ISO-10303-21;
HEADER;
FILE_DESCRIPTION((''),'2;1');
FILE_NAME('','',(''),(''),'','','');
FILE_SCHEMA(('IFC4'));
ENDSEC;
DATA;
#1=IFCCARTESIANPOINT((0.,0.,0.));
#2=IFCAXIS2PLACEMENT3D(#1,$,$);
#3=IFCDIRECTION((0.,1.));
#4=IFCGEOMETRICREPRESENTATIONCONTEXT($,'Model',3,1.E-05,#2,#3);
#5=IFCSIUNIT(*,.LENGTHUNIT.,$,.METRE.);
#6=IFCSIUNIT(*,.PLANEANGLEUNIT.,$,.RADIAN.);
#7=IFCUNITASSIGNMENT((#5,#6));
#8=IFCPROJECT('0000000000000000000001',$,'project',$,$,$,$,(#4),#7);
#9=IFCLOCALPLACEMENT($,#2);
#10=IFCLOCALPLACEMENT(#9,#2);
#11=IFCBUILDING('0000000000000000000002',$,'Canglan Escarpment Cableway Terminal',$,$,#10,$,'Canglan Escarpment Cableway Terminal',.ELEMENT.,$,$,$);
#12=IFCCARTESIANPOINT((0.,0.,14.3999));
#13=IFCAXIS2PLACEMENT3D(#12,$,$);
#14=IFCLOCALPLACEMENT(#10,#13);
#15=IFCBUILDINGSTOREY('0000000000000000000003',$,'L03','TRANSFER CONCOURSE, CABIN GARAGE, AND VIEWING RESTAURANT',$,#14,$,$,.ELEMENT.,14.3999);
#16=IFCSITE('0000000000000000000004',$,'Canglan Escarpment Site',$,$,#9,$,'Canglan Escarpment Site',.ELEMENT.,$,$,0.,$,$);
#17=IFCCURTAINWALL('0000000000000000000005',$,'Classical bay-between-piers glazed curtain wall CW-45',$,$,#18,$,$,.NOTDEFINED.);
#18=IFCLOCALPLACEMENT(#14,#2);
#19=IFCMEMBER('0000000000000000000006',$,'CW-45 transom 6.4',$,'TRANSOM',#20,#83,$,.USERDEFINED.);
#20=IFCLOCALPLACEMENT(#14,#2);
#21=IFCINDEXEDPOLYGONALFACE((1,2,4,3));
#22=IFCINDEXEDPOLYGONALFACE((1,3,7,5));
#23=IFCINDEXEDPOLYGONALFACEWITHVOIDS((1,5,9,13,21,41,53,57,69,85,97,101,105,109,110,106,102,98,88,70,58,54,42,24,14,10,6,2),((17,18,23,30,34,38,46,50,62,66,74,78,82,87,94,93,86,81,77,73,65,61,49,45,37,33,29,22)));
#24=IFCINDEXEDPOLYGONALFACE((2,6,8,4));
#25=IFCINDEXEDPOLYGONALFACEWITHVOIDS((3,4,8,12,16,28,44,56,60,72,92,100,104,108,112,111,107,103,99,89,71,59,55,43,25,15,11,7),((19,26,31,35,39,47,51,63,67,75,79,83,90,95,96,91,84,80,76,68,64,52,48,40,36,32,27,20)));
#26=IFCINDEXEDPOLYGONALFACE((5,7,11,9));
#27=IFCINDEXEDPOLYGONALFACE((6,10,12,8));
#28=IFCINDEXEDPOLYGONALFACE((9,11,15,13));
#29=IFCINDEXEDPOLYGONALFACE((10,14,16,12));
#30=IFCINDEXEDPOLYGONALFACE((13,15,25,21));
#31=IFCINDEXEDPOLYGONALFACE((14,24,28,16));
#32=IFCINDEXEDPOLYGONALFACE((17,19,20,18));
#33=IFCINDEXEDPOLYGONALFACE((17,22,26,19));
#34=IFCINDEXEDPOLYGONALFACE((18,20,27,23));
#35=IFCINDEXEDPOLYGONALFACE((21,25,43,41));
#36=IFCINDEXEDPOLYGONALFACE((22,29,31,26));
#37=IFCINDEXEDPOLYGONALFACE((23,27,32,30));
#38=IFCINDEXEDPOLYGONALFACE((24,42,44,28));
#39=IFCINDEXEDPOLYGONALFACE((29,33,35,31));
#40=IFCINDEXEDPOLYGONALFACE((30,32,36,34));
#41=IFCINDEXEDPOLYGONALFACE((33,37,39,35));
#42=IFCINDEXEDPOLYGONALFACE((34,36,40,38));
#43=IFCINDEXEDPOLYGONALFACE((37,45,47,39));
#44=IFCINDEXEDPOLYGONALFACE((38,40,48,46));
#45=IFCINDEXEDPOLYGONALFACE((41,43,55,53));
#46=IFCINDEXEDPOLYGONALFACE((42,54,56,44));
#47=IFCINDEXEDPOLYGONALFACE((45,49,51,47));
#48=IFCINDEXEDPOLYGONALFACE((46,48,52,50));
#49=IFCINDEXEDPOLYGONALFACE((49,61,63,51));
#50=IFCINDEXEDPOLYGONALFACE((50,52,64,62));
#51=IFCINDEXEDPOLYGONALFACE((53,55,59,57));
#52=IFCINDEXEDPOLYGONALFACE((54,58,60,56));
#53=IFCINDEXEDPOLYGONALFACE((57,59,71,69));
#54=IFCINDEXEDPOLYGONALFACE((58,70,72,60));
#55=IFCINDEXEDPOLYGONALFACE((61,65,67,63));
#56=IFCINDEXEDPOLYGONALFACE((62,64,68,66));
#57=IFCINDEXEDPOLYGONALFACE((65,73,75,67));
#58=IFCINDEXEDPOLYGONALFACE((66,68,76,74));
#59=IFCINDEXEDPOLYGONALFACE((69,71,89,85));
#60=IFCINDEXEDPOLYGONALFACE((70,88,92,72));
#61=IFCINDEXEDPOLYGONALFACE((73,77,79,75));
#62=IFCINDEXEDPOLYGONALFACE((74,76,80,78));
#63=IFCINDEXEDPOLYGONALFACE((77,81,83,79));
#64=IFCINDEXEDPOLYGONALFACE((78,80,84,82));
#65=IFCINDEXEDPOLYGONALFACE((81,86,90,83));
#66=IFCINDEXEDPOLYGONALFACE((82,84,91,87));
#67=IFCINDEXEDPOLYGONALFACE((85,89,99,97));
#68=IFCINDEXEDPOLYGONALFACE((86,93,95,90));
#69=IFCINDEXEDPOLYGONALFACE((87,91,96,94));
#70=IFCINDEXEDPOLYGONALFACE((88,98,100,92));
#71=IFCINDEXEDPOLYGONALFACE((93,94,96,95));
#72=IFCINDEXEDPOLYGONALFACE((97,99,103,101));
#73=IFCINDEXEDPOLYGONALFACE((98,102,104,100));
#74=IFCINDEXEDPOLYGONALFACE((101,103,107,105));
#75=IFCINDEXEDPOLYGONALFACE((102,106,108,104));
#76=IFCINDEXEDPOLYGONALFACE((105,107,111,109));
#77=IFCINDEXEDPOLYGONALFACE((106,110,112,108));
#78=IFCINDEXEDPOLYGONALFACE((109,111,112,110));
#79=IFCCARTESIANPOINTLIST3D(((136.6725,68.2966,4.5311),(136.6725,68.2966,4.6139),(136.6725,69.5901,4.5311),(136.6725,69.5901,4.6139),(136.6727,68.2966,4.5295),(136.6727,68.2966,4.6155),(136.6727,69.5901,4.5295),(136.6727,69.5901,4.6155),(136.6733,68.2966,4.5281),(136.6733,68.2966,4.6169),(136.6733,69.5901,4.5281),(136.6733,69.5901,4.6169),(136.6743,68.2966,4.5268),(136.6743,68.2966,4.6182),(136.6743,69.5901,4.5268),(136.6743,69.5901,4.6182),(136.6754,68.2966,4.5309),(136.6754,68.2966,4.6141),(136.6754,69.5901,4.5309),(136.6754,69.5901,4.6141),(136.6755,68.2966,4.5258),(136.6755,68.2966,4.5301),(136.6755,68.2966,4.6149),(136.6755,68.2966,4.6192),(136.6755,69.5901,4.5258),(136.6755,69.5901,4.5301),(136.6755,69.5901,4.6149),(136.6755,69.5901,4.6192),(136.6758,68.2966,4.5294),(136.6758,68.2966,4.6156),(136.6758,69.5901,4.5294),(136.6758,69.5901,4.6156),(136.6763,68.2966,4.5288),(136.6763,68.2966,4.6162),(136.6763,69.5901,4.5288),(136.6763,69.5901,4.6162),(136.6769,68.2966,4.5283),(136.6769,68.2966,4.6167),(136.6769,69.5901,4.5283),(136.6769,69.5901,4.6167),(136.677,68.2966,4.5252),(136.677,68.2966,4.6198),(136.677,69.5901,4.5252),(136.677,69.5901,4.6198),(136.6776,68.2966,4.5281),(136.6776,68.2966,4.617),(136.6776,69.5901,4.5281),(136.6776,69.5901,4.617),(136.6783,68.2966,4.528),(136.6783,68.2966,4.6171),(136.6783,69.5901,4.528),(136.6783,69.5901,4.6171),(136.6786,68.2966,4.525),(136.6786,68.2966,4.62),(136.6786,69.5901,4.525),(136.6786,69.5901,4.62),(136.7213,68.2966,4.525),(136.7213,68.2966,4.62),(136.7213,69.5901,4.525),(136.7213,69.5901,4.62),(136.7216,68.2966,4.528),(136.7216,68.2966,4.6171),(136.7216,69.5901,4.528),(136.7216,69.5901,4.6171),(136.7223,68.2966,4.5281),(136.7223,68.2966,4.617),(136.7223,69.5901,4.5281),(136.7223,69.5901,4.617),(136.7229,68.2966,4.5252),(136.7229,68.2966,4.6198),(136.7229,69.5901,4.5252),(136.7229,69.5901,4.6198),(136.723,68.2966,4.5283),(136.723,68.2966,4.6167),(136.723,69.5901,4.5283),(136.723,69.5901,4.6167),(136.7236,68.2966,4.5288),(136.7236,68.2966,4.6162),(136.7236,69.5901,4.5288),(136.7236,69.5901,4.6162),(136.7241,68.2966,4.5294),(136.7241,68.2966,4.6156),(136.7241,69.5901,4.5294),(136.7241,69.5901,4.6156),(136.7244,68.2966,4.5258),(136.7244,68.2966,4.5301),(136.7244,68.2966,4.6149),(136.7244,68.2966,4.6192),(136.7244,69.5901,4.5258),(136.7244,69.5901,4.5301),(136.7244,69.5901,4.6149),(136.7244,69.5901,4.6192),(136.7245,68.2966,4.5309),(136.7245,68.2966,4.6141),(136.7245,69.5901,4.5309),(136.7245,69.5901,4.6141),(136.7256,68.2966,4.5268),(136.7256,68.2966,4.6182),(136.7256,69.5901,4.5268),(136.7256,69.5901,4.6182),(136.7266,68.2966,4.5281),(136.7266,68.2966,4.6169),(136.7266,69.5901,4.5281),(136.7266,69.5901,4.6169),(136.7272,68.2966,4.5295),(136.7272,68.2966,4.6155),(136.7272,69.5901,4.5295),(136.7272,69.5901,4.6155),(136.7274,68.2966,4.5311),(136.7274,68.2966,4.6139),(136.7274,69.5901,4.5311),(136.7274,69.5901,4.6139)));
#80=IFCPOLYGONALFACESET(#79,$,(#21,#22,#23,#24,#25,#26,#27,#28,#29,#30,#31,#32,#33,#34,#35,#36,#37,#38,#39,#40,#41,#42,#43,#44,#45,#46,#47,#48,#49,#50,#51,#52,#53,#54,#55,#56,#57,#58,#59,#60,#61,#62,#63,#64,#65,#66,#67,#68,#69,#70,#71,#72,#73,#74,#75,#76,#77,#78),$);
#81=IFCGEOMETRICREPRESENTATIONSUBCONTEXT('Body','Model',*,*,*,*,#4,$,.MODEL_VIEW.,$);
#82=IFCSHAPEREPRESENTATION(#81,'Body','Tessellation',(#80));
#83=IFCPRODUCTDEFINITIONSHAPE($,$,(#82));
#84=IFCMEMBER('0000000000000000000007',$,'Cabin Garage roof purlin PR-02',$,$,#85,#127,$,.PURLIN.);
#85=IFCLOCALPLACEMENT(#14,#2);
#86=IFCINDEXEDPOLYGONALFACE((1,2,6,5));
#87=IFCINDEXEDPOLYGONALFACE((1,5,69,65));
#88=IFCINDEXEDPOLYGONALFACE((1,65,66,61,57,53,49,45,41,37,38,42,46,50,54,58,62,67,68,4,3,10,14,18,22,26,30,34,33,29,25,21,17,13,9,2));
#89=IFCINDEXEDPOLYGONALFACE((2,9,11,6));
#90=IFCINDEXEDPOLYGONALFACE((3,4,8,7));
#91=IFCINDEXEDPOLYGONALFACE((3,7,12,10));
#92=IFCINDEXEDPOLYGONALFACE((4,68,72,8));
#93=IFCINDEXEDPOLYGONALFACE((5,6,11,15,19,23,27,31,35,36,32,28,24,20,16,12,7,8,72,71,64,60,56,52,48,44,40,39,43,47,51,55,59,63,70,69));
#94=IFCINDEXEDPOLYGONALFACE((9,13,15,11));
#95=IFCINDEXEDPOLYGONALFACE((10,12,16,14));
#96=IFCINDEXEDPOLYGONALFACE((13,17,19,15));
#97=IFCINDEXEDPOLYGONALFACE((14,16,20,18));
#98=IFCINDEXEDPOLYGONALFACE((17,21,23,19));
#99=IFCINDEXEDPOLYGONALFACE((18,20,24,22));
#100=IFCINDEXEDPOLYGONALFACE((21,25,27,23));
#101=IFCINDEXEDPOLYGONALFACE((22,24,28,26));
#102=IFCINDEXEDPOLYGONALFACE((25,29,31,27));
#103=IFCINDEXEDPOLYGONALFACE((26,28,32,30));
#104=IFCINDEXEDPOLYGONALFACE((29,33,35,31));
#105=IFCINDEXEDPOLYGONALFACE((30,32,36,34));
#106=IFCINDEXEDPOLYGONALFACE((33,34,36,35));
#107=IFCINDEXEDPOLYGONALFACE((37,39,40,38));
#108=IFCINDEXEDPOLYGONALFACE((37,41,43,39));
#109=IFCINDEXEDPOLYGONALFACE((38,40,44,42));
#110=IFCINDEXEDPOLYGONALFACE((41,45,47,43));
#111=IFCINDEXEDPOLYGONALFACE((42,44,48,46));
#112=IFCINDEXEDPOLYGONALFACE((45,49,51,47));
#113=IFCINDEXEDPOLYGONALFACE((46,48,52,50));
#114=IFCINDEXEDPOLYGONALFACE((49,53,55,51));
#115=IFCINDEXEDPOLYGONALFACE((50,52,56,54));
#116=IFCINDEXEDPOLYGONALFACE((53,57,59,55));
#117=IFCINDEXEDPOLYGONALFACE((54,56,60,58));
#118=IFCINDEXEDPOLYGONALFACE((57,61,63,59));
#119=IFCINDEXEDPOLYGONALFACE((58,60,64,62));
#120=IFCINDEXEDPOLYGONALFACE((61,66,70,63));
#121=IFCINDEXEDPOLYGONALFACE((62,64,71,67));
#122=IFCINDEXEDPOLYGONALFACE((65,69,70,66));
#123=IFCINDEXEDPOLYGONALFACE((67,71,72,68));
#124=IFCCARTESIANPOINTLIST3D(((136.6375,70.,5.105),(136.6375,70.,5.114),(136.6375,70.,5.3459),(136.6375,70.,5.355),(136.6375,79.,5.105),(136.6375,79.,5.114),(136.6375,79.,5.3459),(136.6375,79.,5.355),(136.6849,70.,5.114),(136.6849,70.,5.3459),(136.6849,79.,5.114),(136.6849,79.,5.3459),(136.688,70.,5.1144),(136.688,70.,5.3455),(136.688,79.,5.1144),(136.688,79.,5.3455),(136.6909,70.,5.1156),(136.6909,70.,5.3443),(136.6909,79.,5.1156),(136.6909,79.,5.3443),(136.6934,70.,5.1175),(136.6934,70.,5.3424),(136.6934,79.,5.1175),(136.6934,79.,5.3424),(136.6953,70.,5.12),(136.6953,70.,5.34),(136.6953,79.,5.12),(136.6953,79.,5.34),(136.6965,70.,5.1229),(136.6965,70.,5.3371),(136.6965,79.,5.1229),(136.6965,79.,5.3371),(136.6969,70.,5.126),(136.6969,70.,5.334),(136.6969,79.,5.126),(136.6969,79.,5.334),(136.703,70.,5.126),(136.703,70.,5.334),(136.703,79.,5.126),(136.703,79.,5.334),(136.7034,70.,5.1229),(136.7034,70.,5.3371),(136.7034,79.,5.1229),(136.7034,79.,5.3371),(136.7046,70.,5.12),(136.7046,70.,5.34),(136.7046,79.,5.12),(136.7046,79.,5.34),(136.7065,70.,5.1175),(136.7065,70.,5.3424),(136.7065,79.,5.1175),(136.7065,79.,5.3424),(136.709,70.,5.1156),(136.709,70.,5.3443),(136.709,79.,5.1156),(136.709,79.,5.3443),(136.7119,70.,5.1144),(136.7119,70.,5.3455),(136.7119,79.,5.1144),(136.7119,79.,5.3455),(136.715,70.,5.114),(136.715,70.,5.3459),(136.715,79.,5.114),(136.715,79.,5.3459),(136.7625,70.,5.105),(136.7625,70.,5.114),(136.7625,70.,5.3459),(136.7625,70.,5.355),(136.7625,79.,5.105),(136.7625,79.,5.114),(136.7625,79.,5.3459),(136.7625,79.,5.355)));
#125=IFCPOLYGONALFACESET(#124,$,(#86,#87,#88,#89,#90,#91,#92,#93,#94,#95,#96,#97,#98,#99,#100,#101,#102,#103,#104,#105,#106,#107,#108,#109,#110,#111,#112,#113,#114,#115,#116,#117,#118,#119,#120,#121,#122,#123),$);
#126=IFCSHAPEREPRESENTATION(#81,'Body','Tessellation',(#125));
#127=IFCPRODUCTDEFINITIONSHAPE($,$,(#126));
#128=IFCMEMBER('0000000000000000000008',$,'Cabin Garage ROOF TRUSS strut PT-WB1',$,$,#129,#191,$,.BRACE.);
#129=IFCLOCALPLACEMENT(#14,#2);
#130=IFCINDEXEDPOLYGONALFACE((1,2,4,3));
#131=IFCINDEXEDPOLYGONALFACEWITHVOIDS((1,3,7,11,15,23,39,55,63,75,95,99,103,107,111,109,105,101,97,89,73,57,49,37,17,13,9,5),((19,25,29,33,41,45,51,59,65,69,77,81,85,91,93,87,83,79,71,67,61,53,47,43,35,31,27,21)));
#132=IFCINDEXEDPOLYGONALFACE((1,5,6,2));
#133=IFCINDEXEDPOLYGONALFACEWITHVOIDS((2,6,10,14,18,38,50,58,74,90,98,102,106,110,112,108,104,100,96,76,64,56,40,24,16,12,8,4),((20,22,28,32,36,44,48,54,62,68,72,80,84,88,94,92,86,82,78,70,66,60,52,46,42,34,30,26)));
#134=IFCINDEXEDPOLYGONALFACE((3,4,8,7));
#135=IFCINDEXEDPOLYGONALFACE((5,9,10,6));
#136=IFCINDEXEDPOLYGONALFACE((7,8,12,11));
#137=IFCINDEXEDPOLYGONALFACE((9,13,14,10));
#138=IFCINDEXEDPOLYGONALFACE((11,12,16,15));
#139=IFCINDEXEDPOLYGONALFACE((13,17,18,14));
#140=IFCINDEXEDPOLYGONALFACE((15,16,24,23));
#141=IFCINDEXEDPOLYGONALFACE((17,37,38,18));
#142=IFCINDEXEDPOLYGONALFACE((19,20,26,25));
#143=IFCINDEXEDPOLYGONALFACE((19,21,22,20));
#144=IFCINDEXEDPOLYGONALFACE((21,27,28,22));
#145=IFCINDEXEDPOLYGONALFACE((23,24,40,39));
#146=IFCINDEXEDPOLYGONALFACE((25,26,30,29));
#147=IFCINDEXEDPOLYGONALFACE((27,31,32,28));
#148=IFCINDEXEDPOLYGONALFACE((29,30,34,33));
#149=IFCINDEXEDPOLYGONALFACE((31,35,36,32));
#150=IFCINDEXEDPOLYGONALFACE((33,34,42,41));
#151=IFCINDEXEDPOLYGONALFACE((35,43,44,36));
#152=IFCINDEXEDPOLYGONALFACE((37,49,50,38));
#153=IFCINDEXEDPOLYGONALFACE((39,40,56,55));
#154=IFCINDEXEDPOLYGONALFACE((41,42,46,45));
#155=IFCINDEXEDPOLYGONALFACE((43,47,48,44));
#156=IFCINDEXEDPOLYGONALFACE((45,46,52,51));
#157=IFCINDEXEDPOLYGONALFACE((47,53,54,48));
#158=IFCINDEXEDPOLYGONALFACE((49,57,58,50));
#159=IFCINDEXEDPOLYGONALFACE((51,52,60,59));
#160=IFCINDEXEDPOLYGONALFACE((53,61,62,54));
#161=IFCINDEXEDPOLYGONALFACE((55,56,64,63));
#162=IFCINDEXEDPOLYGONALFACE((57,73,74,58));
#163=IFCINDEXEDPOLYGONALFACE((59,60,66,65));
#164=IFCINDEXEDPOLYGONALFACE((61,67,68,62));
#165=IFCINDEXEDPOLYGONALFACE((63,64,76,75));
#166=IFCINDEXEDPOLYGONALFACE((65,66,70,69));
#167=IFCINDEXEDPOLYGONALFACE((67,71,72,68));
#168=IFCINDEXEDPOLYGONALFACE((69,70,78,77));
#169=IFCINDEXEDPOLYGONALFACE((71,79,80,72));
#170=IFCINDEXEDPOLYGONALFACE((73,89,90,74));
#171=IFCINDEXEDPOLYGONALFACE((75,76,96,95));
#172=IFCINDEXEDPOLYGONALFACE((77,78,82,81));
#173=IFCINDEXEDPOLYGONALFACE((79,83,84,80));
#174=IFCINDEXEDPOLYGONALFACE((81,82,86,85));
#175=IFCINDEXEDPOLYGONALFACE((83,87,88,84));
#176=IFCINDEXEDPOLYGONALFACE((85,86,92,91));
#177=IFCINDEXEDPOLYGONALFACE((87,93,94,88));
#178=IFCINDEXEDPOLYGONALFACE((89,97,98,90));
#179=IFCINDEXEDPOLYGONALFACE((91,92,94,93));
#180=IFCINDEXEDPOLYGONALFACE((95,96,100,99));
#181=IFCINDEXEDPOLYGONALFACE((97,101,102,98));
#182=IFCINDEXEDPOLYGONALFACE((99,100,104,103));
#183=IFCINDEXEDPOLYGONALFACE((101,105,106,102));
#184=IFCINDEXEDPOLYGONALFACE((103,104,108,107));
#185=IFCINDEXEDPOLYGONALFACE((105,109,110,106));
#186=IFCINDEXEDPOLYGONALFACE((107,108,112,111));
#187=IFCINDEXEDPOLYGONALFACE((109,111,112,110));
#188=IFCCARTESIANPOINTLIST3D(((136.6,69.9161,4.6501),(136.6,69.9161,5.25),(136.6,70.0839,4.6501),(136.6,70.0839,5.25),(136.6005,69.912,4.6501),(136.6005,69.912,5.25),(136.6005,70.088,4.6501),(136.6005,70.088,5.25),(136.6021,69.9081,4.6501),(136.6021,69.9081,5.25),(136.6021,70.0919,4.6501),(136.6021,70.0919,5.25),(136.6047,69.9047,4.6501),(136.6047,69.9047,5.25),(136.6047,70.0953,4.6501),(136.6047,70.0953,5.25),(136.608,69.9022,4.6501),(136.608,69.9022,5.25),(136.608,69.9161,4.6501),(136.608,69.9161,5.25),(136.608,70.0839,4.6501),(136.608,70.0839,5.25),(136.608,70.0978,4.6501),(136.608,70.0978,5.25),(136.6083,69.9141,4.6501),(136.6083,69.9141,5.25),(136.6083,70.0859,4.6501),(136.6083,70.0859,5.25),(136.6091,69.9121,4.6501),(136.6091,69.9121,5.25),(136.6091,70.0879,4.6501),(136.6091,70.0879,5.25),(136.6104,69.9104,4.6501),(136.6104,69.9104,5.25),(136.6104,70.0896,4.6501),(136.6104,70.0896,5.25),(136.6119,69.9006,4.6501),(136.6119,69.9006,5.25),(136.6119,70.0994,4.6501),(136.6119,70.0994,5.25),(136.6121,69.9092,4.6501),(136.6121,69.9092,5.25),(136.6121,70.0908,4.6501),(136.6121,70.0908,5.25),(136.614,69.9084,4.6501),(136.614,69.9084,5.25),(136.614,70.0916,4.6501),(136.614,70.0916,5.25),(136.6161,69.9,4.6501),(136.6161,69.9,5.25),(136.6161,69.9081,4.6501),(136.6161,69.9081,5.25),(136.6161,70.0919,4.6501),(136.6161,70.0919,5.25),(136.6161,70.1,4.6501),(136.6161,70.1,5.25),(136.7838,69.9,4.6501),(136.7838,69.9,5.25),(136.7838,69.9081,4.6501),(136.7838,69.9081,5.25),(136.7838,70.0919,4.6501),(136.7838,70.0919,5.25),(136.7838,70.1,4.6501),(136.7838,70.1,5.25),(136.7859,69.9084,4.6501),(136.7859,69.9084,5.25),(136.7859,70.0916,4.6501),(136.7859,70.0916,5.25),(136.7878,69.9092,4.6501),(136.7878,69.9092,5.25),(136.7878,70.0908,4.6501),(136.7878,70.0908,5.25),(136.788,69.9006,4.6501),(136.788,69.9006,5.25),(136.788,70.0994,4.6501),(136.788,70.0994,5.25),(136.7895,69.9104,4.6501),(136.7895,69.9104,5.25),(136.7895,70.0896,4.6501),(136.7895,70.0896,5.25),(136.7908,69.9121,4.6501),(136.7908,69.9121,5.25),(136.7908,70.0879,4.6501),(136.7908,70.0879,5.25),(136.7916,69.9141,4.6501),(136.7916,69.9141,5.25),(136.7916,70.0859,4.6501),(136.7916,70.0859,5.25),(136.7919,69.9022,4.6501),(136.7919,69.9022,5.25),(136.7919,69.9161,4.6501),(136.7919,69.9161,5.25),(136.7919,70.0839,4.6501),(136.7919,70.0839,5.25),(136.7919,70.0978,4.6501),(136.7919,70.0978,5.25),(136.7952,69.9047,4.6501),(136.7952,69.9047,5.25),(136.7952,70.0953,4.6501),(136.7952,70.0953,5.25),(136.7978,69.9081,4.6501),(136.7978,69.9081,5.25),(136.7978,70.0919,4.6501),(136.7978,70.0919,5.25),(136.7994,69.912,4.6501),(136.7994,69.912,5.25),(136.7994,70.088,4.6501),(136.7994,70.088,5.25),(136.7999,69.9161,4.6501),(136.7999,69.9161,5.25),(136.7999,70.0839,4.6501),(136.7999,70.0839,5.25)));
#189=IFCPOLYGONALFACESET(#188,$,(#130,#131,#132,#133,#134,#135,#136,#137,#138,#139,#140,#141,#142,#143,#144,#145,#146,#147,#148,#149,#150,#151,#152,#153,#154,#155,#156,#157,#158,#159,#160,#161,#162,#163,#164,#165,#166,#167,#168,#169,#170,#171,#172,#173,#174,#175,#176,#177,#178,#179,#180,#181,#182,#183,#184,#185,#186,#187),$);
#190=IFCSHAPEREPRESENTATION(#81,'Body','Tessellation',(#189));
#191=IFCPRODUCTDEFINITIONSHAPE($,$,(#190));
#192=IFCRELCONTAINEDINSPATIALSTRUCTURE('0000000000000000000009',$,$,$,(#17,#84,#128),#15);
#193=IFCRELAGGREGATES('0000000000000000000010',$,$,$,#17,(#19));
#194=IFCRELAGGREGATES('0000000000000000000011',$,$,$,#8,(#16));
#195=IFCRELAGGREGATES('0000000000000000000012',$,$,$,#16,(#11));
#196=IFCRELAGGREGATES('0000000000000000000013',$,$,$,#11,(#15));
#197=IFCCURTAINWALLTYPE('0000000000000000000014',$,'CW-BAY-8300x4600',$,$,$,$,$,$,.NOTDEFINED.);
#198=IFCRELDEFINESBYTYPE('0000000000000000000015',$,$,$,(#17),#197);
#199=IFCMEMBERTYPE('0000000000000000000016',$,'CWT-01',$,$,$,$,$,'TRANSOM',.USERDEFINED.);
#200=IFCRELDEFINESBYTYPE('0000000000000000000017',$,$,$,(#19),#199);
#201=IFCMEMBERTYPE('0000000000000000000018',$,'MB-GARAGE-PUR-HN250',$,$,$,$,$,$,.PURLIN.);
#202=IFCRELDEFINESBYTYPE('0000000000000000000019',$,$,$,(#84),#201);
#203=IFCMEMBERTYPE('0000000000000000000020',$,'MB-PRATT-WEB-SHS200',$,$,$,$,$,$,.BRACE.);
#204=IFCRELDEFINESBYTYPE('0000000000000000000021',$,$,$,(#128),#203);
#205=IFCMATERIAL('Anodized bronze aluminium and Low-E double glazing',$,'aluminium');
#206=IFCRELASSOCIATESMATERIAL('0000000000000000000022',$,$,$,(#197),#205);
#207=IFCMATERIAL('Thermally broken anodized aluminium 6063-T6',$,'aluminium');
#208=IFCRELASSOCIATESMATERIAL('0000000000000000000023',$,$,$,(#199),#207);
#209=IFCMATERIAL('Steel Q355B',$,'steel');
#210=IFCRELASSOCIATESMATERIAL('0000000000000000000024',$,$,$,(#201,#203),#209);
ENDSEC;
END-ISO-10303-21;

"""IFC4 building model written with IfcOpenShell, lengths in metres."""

from ifc_helpers import new_model, si_unit, direction, frame, origin, origin_2d, place, context, subcontext, project, spatial, hollow_rectangle, i_section, extrude, material, material_profile, profile_set, type_object, element, aggregate, save


model = new_model("IFC4")

# Units and contexts
model_context = context("Model", 3, precision=1e-05, world=origin(), true_north=direction((0.0, 1.0)))
body_context = subcontext(model_context, "Body", "Model", "MODEL_VIEW")
ifc_project = project(units=[si_unit("LENGTHUNIT", "METRE"), si_unit("PLANEANGLEUNIT", "RADIAN")], contexts=[model_context])

# Site, building, storey
site_placement = place(None, origin())
site = spatial("IfcSite", under=ifc_project, at=site_placement, Name="Canglan Escarpment Site", LongName="Canglan Escarpment Site", CompositionType="ELEMENT", RefElevation=0.0)
building_placement = place(site_placement, origin())
building = spatial("IfcBuilding", under=site, at=building_placement, Name="Canglan Escarpment Cableway Terminal", LongName="Canglan Escarpment Cableway Terminal", CompositionType="ELEMENT")
storey_placement = place(building_placement, frame((0.0, 0.0, 14.3999)))
storey = spatial("IfcBuildingStorey", under=building, at=storey_placement, Name="L03", Description="TRANSFER CONCOURSE, CABIN GARAGE, AND VIEWING RESTAURANT", CompositionType="ELEMENT", Elevation=14.3999)

# Curtain wall, member
ifc_material_1 = material(Name="Anodized bronze aluminium and Low-E double glazing", Category="aluminium")
curtain_wall_type = type_object("IfcCurtainWallType", Name="CW-BAY-8300x4600", PredefinedType="NOTDEFINED", material=ifc_material_1)
curtain_wall_placement = place(storey_placement, origin())
curtain_wall = element("IfcCurtainWall", 1, at=curtain_wall_placement, inside=storey, type_object=curtain_wall_type, Name="Classical bay-between-piers glazed curtain wall CW-45", PredefinedType="NOTDEFINED")
ifc_material_2 = material(Name="Thermally broken anodized aluminium 6063-T6", Category="aluminium")
ifc_material_profile_1 = material_profile(ifc_material_2, hollow_rectangle(XDim=0.0549, YDim=0.095, WallThickness=0.0029, InnerFilletRadius=0.0029, OuterFilletRadius=0.0061, at=origin_2d()), Name="ALU-TRAN 55x95x3")
ifc_profile_set_1 = profile_set([ifc_material_profile_1], Name="Thermally broken anodized aluminium 6063-T6")
member_type_1 = type_object("IfcMemberType", Name="CWT-01", ElementType="TRANSOM", PredefinedType="USERDEFINED", material=ifc_profile_set_1)
member_1_placement = place(storey_placement, frame((136.7, 68.2966, 4.5725), z_axis=(0.0, 1.0, 0.0), x_axis=(-1.0, 0.0, 0.0)))
member_1 = element("IfcMember", 2, at=member_1_placement, type_object=member_type_1, Name="CW-45 transom 6.4", ObjectType="TRANSOM", PredefinedType="USERDEFINED", context=body_context, shape_type="SweptSolid", body=[
    extrude(hollow_rectangle(XDim=0.0549, YDim=0.095, WallThickness=0.0029, InnerFilletRadius=0.0029, OuterFilletRadius=0.0061, at=origin_2d()), origin(), (0.0, 0.0, 1.0), 1.2935),
])

# Members
ifc_material_3 = material(Name="Steel Q355B", Category="steel")
ifc_material_profile_2 = material_profile(ifc_material_3, i_section(OverallWidth=0.125, OverallDepth=0.25, WebThickness=0.0061, FlangeThickness=0.009, FilletRadius=0.012, at=origin_2d()), Name="HN 250x125x6x9")
ifc_profile_set_2 = profile_set([ifc_material_profile_2], Name="Steel Q355B")
member_type_2 = type_object("IfcMemberType", Name="MB-GARAGE-PUR-HN250", PredefinedType="PURLIN", material=ifc_profile_set_2)
member_2_placement = place(storey_placement, frame((136.7, 70.0, 5.23), z_axis=(0.0, 1.0, 0.0), x_axis=(-1.0, 0.0, 0.0)))
element("IfcMember", 3, at=member_2_placement, inside=storey, type_object=member_type_2, Name="Cabin Garage roof purlin PR-02", PredefinedType="PURLIN", context=body_context, shape_type="SweptSolid", body=[
    extrude(i_section(OverallWidth=0.125, OverallDepth=0.25, WebThickness=0.0061, FlangeThickness=0.009, FilletRadius=0.012, at=origin_2d()), origin(), (0.0, 0.0, 1.0), 9.0),
])
ifc_material_profile_3 = material_profile(ifc_material_3, hollow_rectangle(XDim=0.2, YDim=0.2, WallThickness=0.0081, InnerFilletRadius=0.0081, OuterFilletRadius=0.0161, at=origin_2d()), Name="SHS 200x200x8")
ifc_profile_set_3 = profile_set([ifc_material_profile_3], Name="Steel Q355B")
member_type_3 = type_object("IfcMemberType", Name="MB-PRATT-WEB-SHS200", PredefinedType="BRACE", material=ifc_profile_set_3)
member_3_placement = place(storey_placement, frame((136.7, 70.0, 4.6501), z_axis=(0.0, 0.0, 1.0), x_axis=(1.0, 0.0, 0.0)))
element("IfcMember", 4, at=member_3_placement, inside=storey, type_object=member_type_3, Name="Cabin Garage ROOF TRUSS strut PT-WB1", PredefinedType="BRACE", context=body_context, shape_type="SweptSolid", body=[
    extrude(hollow_rectangle(XDim=0.2, YDim=0.2, WallThickness=0.0081, InnerFilletRadius=0.0081, OuterFilletRadius=0.0161, at=origin_2d()), origin(), (0.0, 0.0, 1.0), 0.5999),
])

aggregate(curtain_wall, [member_1])

save(model, "model.ifc")
